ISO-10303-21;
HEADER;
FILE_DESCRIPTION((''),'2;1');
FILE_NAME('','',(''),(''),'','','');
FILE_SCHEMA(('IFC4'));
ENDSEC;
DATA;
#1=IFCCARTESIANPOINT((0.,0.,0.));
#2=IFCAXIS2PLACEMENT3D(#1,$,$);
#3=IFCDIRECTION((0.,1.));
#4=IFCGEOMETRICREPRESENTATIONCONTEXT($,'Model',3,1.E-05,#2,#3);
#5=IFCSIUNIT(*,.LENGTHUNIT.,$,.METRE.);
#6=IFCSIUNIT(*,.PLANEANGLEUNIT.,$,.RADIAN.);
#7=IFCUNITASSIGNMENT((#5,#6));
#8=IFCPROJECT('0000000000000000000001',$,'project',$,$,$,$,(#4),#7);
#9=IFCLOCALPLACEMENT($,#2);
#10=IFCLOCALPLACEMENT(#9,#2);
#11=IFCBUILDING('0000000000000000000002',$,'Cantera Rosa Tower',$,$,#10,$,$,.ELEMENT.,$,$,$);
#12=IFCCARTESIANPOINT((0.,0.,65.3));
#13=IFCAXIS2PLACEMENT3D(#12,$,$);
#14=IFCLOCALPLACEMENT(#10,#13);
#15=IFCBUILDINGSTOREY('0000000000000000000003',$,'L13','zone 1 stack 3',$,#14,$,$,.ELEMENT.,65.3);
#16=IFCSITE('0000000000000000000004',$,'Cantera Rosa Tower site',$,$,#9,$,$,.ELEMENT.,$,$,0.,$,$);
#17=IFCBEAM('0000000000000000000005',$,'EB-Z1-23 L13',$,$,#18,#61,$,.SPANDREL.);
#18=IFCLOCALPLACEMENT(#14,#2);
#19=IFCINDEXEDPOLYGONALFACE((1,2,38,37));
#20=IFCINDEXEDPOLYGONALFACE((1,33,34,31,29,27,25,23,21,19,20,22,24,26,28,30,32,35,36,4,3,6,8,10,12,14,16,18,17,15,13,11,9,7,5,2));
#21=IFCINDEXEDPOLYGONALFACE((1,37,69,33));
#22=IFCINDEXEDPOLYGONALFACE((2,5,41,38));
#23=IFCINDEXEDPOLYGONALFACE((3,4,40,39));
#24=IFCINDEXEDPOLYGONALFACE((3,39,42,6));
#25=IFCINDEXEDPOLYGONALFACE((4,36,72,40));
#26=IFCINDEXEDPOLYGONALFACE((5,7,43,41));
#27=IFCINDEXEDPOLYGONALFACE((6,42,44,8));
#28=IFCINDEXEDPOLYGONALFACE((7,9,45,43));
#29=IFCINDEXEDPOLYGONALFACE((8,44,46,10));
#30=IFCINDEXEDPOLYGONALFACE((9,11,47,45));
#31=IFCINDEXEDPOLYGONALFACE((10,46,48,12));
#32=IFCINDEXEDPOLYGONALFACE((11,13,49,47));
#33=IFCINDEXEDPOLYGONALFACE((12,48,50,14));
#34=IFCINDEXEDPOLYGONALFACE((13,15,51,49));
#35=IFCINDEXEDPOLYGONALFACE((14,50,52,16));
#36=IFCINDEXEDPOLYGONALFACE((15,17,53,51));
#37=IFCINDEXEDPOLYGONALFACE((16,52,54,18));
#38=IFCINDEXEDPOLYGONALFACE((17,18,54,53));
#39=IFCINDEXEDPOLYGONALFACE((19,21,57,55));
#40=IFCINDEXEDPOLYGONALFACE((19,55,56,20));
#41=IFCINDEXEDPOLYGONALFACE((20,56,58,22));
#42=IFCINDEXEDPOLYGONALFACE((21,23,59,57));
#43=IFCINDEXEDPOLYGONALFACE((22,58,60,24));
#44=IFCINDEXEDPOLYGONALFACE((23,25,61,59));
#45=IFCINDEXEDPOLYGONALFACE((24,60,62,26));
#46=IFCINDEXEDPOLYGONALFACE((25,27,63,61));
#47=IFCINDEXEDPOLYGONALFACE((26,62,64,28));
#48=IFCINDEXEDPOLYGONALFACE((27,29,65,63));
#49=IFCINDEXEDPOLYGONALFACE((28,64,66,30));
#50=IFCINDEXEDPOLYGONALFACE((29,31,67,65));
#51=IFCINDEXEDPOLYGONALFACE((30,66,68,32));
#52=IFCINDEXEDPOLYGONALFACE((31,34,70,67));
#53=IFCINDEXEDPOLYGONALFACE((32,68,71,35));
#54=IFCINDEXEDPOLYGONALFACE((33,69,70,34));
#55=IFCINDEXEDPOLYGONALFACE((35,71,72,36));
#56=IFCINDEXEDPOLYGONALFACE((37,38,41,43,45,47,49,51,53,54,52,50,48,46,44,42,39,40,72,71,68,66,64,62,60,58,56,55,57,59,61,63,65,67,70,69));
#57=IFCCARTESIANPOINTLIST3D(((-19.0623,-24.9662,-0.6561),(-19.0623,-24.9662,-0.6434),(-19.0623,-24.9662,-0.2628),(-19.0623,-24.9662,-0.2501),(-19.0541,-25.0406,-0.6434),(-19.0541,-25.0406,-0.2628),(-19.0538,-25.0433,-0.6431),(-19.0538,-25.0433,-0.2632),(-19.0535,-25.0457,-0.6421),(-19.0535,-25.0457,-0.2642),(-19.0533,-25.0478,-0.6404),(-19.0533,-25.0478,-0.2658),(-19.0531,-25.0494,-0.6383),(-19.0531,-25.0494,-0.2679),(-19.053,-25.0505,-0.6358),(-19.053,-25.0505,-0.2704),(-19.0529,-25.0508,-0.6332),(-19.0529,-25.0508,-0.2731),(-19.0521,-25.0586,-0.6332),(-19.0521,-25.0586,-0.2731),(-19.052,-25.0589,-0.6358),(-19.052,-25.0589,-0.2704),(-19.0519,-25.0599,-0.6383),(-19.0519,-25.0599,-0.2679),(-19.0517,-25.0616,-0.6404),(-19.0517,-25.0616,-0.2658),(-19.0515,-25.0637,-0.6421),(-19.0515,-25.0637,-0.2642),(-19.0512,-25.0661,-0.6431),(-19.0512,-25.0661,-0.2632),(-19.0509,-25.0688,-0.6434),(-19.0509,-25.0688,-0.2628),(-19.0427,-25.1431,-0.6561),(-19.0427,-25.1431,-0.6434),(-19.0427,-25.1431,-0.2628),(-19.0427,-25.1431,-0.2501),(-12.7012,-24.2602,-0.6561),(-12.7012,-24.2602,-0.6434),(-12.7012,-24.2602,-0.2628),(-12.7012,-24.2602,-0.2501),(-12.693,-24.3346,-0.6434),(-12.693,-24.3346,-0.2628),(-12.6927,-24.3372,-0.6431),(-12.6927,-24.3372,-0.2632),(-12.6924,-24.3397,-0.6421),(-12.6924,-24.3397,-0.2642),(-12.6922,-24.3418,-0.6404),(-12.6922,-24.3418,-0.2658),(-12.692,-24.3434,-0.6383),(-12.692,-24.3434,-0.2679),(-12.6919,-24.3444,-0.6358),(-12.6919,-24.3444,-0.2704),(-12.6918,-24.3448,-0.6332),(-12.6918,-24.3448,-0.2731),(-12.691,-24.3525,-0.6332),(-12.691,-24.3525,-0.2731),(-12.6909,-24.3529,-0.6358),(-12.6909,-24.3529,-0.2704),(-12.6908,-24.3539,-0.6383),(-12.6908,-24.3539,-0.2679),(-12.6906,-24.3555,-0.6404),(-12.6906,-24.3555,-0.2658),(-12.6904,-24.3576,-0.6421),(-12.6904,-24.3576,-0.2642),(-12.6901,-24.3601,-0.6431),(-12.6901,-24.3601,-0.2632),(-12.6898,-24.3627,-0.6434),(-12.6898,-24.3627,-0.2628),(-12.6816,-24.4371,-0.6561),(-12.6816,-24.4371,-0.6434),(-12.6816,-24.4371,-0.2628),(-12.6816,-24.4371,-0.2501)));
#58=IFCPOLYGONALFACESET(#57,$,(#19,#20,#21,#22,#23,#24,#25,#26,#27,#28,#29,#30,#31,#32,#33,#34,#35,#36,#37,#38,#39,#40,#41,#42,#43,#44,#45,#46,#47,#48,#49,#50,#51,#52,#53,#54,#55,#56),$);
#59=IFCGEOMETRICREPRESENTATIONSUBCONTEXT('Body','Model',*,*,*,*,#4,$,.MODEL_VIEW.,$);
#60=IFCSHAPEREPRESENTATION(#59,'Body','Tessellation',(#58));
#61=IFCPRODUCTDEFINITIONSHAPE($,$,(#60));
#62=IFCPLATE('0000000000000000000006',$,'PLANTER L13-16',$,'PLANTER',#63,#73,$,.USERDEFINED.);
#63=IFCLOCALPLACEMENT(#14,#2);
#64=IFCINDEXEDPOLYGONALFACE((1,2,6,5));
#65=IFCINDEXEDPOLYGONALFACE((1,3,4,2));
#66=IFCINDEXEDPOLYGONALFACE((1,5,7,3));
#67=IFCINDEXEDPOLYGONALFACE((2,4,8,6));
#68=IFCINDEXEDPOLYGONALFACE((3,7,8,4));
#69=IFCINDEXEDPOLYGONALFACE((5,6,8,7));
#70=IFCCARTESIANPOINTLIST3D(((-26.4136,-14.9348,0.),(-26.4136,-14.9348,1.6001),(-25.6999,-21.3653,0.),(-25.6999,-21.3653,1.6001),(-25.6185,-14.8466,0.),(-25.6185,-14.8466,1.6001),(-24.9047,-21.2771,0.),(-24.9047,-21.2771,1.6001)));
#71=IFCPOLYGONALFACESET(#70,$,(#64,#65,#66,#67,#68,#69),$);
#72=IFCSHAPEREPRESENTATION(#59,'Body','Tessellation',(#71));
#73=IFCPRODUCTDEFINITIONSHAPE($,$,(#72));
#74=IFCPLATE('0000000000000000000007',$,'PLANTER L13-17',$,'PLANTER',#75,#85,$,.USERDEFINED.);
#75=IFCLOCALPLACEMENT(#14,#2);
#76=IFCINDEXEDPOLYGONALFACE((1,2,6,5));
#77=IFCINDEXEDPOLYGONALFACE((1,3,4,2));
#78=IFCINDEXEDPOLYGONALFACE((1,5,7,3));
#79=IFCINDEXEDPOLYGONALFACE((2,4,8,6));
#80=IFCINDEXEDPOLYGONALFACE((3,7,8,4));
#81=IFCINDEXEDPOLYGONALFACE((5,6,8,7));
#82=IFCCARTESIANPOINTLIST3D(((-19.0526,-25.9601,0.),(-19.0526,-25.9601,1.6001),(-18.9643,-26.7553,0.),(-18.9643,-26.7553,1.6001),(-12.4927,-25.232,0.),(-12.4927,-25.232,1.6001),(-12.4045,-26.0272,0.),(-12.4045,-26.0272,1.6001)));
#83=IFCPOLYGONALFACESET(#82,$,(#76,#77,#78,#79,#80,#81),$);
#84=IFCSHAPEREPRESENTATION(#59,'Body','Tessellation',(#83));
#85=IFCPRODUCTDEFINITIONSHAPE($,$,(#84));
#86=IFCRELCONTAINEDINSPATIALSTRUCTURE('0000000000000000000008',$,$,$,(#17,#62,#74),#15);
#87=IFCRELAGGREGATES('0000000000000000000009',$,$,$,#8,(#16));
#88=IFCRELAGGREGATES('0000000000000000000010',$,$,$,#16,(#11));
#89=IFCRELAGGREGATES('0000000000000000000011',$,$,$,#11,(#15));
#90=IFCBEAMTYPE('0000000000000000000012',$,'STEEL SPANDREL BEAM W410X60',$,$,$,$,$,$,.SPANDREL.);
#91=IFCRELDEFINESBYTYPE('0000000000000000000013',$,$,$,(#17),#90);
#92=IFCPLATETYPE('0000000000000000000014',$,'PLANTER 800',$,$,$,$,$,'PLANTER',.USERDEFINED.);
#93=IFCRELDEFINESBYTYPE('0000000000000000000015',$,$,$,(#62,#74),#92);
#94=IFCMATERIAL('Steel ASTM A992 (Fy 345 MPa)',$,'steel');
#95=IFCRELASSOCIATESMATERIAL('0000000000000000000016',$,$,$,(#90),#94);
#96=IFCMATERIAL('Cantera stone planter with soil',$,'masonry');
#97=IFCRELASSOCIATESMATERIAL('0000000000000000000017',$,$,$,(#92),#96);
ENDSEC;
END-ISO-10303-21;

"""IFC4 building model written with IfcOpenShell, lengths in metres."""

from ifc_helpers import new_model, si_unit, direction, frame, origin, origin_2d, place, context, subcontext, project, spatial, rectangle, i_section, extrude, material, material_profile, profile_set, type_object, element, save


model = new_model("IFC4")

# Units and contexts
model_context = context("Model", 3, precision=1e-05, world=origin(), true_north=direction((0.0, 1.0)))
body_context = subcontext(model_context, "Body", "Model", "MODEL_VIEW")
ifc_project = project(units=[si_unit("LENGTHUNIT", "METRE"), si_unit("PLANEANGLEUNIT", "RADIAN")], contexts=[model_context])

# Site, building, storey
site_placement = place(None, origin())
site = spatial("IfcSite", under=ifc_project, at=site_placement, Name="Cantera Rosa Tower site", CompositionType="ELEMENT", RefElevation=0.0)
building_placement = place(site_placement, origin())
building = spatial("IfcBuilding", under=site, at=building_placement, Name="Cantera Rosa Tower", CompositionType="ELEMENT")
storey_placement = place(building_placement, frame((0.0, 0.0, 65.3)))
storey = spatial("IfcBuildingStorey", under=building, at=storey_placement, Name="L13", Description="zone 1 stack 3", CompositionType="ELEMENT", Elevation=65.3)

# Beam
ifc_material_1 = material(Name="Steel ASTM A992 (Fy 345 MPa)", Category="steel")
ifc_material_profile_1 = material_profile(ifc_material_1, i_section(OverallWidth=0.178, OverallDepth=0.406, WebThickness=0.0078, FlangeThickness=0.0127, FilletRadius=0.0103, at=origin_2d()), Name="W410X60")
ifc_profile_set_1 = profile_set([ifc_material_profile_1], Name="Steel ASTM A992 (Fy 345 MPa)")
beam_type_1 = type_object("IfcBeamType", Name="STEEL SPANDREL BEAM W410X60", PredefinedType="SPANDREL", material=ifc_profile_set_1)
beam_1_placement = place(storey_placement, frame((-19.0525, -25.0547, -0.4531), z_axis=(0.993896, 0.110318, 0.0), x_axis=(-0.110318, 0.993896, 0.0)))
element("IfcBeam", 1, at=beam_1_placement, inside=storey, type_object=beam_type_1, Name="EB-Z1-23 L13", PredefinedType="SPANDREL", context=body_context, shape_type="SweptSolid", body=[
    extrude(i_section(OverallWidth=0.178, OverallDepth=0.406, WebThickness=0.0078, FlangeThickness=0.0127, FilletRadius=0.0103, at=origin_2d()), origin(), (0.0, 0.0, 1.0), 6.4001),
])

# Plates
ifc_material_2 = material(Name="Cantera stone planter with soil", Category="masonry")
plate_type = type_object("IfcPlateType", Name="PLANTER 800", ElementType="PLANTER", PredefinedType="USERDEFINED", material=ifc_material_2)
plate_1_placement = place(storey_placement, frame((-25.6592, -18.106, 0.0), z_axis=(0.0, 0.0, 1.0), x_axis=(0.110313, -0.993897, 0.0)))
element("IfcPlate", 2, at=plate_1_placement, inside=storey, type_object=plate_type, Name="PLANTER L13-16", ObjectType="PLANTER", PredefinedType="USERDEFINED", context=body_context, shape_type="SweptSolid", body=[
    extrude(rectangle(XDim=6.47, YDim=0.8, at=origin_2d()), origin(), (0.0, 0.0, 1.0), 1.6001),
])
plate_2_placement = place(storey_placement, frame((-15.7285, -25.9937, 0.0), z_axis=(0.0, 0.0, 1.0), x_axis=(0.993897, 0.110313, 0.0)))
element("IfcPlate", 3, at=plate_2_placement, inside=storey, type_object=plate_type, Name="PLANTER L13-17", ObjectType="PLANTER", PredefinedType="USERDEFINED", context=body_context, shape_type="SweptSolid", body=[
    extrude(rectangle(XDim=6.6001, YDim=0.8, at=origin_2d()), origin(), (0.0, 0.0, 1.0), 1.6001),
])

save(model, "model.ifc")
